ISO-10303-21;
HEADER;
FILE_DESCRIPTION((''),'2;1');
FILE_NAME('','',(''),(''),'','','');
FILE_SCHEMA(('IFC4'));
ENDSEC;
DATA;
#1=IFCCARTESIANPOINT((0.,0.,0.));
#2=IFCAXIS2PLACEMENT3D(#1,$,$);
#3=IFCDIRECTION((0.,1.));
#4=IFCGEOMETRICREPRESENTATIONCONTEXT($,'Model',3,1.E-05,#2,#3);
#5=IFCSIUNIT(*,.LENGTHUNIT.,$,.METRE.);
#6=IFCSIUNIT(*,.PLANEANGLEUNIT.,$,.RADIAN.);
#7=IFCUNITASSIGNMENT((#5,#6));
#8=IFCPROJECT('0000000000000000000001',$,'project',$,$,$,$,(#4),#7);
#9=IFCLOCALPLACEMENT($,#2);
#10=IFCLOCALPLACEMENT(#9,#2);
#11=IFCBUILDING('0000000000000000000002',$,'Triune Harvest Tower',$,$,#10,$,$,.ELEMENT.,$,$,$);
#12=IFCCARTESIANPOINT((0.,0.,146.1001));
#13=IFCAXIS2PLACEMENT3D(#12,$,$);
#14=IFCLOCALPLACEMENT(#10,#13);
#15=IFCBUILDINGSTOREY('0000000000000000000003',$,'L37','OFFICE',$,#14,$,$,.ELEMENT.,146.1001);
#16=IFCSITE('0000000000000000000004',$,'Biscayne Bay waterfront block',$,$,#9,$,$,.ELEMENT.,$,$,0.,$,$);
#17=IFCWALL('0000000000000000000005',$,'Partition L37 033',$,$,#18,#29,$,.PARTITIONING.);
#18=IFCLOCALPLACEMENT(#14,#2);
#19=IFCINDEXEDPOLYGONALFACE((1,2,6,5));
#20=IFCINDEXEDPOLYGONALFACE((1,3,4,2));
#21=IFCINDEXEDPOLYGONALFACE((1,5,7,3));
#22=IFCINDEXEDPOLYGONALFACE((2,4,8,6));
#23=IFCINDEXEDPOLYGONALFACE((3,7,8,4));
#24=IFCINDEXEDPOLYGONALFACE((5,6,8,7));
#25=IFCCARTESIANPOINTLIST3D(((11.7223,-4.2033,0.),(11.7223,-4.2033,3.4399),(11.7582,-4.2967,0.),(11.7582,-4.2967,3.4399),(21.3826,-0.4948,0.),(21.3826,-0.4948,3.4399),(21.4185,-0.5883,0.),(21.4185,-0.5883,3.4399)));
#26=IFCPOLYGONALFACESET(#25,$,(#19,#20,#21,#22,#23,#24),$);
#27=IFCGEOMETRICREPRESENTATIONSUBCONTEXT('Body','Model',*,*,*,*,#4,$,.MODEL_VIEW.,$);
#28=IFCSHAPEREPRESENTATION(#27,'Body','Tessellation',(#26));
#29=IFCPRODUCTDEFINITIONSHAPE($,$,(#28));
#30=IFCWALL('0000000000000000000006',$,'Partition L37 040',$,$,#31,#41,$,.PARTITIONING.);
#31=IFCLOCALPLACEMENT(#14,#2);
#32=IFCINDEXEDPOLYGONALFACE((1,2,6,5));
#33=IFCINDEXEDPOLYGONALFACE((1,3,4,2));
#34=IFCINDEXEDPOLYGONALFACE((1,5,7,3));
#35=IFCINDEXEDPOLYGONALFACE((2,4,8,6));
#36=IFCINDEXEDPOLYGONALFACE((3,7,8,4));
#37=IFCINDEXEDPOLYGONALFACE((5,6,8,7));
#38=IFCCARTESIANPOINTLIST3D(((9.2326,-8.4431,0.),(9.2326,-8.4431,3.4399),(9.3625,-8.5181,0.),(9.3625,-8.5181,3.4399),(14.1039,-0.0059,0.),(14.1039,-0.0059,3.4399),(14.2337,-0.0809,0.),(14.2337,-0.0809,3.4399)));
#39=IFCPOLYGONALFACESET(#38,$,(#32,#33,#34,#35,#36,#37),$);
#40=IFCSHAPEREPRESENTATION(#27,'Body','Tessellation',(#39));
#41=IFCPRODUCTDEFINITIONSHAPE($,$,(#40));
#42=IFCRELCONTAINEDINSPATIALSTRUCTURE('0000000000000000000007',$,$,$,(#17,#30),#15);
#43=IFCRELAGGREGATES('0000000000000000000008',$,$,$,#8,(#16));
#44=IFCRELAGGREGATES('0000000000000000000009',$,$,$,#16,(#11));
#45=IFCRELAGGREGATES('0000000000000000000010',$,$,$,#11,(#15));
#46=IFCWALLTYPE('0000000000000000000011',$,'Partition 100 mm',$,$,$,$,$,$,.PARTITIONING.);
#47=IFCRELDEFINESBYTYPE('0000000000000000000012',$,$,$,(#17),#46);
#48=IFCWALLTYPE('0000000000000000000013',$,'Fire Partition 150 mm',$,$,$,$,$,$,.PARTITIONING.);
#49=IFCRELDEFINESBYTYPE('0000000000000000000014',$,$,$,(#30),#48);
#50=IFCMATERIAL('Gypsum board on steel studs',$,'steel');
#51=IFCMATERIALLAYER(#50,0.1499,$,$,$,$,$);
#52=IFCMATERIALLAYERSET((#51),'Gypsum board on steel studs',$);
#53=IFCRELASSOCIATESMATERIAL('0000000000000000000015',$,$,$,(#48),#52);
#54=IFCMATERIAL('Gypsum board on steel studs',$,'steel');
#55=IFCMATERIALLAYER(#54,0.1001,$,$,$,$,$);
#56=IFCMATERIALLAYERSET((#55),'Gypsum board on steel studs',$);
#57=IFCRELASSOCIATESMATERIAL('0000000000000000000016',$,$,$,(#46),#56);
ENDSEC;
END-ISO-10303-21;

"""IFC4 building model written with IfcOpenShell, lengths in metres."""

from ifc_helpers import new_model, si_unit, direction, frame, frame_2d, origin, place, context, subcontext, project, spatial, rectangle, extrude, source, transform, mapped, material, layer, layer_set, type_object, element, save


model = new_model("IFC4")

# Units and contexts
model_context = context("Model", 3, precision=1e-05, world=origin(), true_north=direction((0.0, 1.0)))
body_context = subcontext(model_context, "Body", "Model", "MODEL_VIEW")
ifc_project = project(units=[si_unit("LENGTHUNIT", "METRE"), si_unit("PLANEANGLEUNIT", "RADIAN")], contexts=[model_context])

# Site, building, storey
site_placement = place(None, origin())
site = spatial("IfcSite", under=ifc_project, at=site_placement, Name="Biscayne Bay waterfront block", CompositionType="ELEMENT", RefElevation=0.0)
building_placement = place(site_placement, origin())
building = spatial("IfcBuilding", under=site, at=building_placement, Name="Triune Harvest Tower", CompositionType="ELEMENT")
storey_placement = place(building_placement, frame((0.0, 0.0, 146.1001)))
storey = spatial("IfcBuildingStorey", under=building, at=storey_placement, Name="L37", Description="OFFICE", CompositionType="ELEMENT", Elevation=146.1001)

# Shared definitions
ifc_material_1 = material(Name="Gypsum board on steel studs", Category="steel")
ifc_layer_1 = layer(ifc_material_1, 0.1499)
ifc_layer_set_1 = layer_set([ifc_layer_1], Name="Gypsum board on steel studs")
wall_type_1 = type_object("IfcWallType", Name="Fire Partition 150 mm", PredefinedType="PARTITIONING", material=ifc_layer_set_1)

# Shared definitions
ifc_material_2 = material(Name="Gypsum board on steel studs", Category="steel")
ifc_layer_2 = layer(ifc_material_2, 0.1001)
ifc_layer_set_2 = layer_set([ifc_layer_2], Name="Gypsum board on steel studs")
wall_type_2 = type_object("IfcWallType", Name="Partition 100 mm", PredefinedType="PARTITIONING", material=ifc_layer_set_2)

# Walls
shared_shape_1 = source(origin(), body_context, "Body", "SweptSolid", [
    extrude(rectangle(XDim=10.3477, YDim=0.1001, at=frame_2d((5.1738, 0.0))), origin(), (0.0, 0.0, 1.0), 3.4399),
])
wall_1_placement = place(storey_placement, frame((11.7402, -4.25, 0.0), z_axis=(0.0, 0.0, 1.0), x_axis=(0.933573, 0.358386, 0.0)))
element("IfcWall", 1, at=wall_1_placement, inside=storey, type_object=wall_type_2, Name="Partition L37 033", PredefinedType="PARTITIONING", context=body_context, shape_type="MappedRepresentation", body=[
    mapped(shared_shape_1, transform((0.0, 0.0, 0.0), scale=1.0)),
])
shared_shape_2 = source(origin(), body_context, "Body", "SweptSolid", [
    extrude(rectangle(XDim=9.7424, YDim=0.1499, at=frame_2d((4.8711, 0.0))), origin(), (0.0, 0.0, 1.0), 3.4399),
])
wall_2_placement = place(storey_placement, frame((9.2976, -8.4805, 0.0), z_axis=(0.0, 0.0, 1.0), x_axis=(0.500007, 0.866022, 0.0)))
element("IfcWall", 2, at=wall_2_placement, inside=storey, type_object=wall_type_1, Name="Partition L37 040", PredefinedType="PARTITIONING", context=body_context, shape_type="MappedRepresentation", body=[
    mapped(shared_shape_2, transform((0.0, 0.0, 0.0), scale=1.0)),
])

save(model, "model.ifc")
